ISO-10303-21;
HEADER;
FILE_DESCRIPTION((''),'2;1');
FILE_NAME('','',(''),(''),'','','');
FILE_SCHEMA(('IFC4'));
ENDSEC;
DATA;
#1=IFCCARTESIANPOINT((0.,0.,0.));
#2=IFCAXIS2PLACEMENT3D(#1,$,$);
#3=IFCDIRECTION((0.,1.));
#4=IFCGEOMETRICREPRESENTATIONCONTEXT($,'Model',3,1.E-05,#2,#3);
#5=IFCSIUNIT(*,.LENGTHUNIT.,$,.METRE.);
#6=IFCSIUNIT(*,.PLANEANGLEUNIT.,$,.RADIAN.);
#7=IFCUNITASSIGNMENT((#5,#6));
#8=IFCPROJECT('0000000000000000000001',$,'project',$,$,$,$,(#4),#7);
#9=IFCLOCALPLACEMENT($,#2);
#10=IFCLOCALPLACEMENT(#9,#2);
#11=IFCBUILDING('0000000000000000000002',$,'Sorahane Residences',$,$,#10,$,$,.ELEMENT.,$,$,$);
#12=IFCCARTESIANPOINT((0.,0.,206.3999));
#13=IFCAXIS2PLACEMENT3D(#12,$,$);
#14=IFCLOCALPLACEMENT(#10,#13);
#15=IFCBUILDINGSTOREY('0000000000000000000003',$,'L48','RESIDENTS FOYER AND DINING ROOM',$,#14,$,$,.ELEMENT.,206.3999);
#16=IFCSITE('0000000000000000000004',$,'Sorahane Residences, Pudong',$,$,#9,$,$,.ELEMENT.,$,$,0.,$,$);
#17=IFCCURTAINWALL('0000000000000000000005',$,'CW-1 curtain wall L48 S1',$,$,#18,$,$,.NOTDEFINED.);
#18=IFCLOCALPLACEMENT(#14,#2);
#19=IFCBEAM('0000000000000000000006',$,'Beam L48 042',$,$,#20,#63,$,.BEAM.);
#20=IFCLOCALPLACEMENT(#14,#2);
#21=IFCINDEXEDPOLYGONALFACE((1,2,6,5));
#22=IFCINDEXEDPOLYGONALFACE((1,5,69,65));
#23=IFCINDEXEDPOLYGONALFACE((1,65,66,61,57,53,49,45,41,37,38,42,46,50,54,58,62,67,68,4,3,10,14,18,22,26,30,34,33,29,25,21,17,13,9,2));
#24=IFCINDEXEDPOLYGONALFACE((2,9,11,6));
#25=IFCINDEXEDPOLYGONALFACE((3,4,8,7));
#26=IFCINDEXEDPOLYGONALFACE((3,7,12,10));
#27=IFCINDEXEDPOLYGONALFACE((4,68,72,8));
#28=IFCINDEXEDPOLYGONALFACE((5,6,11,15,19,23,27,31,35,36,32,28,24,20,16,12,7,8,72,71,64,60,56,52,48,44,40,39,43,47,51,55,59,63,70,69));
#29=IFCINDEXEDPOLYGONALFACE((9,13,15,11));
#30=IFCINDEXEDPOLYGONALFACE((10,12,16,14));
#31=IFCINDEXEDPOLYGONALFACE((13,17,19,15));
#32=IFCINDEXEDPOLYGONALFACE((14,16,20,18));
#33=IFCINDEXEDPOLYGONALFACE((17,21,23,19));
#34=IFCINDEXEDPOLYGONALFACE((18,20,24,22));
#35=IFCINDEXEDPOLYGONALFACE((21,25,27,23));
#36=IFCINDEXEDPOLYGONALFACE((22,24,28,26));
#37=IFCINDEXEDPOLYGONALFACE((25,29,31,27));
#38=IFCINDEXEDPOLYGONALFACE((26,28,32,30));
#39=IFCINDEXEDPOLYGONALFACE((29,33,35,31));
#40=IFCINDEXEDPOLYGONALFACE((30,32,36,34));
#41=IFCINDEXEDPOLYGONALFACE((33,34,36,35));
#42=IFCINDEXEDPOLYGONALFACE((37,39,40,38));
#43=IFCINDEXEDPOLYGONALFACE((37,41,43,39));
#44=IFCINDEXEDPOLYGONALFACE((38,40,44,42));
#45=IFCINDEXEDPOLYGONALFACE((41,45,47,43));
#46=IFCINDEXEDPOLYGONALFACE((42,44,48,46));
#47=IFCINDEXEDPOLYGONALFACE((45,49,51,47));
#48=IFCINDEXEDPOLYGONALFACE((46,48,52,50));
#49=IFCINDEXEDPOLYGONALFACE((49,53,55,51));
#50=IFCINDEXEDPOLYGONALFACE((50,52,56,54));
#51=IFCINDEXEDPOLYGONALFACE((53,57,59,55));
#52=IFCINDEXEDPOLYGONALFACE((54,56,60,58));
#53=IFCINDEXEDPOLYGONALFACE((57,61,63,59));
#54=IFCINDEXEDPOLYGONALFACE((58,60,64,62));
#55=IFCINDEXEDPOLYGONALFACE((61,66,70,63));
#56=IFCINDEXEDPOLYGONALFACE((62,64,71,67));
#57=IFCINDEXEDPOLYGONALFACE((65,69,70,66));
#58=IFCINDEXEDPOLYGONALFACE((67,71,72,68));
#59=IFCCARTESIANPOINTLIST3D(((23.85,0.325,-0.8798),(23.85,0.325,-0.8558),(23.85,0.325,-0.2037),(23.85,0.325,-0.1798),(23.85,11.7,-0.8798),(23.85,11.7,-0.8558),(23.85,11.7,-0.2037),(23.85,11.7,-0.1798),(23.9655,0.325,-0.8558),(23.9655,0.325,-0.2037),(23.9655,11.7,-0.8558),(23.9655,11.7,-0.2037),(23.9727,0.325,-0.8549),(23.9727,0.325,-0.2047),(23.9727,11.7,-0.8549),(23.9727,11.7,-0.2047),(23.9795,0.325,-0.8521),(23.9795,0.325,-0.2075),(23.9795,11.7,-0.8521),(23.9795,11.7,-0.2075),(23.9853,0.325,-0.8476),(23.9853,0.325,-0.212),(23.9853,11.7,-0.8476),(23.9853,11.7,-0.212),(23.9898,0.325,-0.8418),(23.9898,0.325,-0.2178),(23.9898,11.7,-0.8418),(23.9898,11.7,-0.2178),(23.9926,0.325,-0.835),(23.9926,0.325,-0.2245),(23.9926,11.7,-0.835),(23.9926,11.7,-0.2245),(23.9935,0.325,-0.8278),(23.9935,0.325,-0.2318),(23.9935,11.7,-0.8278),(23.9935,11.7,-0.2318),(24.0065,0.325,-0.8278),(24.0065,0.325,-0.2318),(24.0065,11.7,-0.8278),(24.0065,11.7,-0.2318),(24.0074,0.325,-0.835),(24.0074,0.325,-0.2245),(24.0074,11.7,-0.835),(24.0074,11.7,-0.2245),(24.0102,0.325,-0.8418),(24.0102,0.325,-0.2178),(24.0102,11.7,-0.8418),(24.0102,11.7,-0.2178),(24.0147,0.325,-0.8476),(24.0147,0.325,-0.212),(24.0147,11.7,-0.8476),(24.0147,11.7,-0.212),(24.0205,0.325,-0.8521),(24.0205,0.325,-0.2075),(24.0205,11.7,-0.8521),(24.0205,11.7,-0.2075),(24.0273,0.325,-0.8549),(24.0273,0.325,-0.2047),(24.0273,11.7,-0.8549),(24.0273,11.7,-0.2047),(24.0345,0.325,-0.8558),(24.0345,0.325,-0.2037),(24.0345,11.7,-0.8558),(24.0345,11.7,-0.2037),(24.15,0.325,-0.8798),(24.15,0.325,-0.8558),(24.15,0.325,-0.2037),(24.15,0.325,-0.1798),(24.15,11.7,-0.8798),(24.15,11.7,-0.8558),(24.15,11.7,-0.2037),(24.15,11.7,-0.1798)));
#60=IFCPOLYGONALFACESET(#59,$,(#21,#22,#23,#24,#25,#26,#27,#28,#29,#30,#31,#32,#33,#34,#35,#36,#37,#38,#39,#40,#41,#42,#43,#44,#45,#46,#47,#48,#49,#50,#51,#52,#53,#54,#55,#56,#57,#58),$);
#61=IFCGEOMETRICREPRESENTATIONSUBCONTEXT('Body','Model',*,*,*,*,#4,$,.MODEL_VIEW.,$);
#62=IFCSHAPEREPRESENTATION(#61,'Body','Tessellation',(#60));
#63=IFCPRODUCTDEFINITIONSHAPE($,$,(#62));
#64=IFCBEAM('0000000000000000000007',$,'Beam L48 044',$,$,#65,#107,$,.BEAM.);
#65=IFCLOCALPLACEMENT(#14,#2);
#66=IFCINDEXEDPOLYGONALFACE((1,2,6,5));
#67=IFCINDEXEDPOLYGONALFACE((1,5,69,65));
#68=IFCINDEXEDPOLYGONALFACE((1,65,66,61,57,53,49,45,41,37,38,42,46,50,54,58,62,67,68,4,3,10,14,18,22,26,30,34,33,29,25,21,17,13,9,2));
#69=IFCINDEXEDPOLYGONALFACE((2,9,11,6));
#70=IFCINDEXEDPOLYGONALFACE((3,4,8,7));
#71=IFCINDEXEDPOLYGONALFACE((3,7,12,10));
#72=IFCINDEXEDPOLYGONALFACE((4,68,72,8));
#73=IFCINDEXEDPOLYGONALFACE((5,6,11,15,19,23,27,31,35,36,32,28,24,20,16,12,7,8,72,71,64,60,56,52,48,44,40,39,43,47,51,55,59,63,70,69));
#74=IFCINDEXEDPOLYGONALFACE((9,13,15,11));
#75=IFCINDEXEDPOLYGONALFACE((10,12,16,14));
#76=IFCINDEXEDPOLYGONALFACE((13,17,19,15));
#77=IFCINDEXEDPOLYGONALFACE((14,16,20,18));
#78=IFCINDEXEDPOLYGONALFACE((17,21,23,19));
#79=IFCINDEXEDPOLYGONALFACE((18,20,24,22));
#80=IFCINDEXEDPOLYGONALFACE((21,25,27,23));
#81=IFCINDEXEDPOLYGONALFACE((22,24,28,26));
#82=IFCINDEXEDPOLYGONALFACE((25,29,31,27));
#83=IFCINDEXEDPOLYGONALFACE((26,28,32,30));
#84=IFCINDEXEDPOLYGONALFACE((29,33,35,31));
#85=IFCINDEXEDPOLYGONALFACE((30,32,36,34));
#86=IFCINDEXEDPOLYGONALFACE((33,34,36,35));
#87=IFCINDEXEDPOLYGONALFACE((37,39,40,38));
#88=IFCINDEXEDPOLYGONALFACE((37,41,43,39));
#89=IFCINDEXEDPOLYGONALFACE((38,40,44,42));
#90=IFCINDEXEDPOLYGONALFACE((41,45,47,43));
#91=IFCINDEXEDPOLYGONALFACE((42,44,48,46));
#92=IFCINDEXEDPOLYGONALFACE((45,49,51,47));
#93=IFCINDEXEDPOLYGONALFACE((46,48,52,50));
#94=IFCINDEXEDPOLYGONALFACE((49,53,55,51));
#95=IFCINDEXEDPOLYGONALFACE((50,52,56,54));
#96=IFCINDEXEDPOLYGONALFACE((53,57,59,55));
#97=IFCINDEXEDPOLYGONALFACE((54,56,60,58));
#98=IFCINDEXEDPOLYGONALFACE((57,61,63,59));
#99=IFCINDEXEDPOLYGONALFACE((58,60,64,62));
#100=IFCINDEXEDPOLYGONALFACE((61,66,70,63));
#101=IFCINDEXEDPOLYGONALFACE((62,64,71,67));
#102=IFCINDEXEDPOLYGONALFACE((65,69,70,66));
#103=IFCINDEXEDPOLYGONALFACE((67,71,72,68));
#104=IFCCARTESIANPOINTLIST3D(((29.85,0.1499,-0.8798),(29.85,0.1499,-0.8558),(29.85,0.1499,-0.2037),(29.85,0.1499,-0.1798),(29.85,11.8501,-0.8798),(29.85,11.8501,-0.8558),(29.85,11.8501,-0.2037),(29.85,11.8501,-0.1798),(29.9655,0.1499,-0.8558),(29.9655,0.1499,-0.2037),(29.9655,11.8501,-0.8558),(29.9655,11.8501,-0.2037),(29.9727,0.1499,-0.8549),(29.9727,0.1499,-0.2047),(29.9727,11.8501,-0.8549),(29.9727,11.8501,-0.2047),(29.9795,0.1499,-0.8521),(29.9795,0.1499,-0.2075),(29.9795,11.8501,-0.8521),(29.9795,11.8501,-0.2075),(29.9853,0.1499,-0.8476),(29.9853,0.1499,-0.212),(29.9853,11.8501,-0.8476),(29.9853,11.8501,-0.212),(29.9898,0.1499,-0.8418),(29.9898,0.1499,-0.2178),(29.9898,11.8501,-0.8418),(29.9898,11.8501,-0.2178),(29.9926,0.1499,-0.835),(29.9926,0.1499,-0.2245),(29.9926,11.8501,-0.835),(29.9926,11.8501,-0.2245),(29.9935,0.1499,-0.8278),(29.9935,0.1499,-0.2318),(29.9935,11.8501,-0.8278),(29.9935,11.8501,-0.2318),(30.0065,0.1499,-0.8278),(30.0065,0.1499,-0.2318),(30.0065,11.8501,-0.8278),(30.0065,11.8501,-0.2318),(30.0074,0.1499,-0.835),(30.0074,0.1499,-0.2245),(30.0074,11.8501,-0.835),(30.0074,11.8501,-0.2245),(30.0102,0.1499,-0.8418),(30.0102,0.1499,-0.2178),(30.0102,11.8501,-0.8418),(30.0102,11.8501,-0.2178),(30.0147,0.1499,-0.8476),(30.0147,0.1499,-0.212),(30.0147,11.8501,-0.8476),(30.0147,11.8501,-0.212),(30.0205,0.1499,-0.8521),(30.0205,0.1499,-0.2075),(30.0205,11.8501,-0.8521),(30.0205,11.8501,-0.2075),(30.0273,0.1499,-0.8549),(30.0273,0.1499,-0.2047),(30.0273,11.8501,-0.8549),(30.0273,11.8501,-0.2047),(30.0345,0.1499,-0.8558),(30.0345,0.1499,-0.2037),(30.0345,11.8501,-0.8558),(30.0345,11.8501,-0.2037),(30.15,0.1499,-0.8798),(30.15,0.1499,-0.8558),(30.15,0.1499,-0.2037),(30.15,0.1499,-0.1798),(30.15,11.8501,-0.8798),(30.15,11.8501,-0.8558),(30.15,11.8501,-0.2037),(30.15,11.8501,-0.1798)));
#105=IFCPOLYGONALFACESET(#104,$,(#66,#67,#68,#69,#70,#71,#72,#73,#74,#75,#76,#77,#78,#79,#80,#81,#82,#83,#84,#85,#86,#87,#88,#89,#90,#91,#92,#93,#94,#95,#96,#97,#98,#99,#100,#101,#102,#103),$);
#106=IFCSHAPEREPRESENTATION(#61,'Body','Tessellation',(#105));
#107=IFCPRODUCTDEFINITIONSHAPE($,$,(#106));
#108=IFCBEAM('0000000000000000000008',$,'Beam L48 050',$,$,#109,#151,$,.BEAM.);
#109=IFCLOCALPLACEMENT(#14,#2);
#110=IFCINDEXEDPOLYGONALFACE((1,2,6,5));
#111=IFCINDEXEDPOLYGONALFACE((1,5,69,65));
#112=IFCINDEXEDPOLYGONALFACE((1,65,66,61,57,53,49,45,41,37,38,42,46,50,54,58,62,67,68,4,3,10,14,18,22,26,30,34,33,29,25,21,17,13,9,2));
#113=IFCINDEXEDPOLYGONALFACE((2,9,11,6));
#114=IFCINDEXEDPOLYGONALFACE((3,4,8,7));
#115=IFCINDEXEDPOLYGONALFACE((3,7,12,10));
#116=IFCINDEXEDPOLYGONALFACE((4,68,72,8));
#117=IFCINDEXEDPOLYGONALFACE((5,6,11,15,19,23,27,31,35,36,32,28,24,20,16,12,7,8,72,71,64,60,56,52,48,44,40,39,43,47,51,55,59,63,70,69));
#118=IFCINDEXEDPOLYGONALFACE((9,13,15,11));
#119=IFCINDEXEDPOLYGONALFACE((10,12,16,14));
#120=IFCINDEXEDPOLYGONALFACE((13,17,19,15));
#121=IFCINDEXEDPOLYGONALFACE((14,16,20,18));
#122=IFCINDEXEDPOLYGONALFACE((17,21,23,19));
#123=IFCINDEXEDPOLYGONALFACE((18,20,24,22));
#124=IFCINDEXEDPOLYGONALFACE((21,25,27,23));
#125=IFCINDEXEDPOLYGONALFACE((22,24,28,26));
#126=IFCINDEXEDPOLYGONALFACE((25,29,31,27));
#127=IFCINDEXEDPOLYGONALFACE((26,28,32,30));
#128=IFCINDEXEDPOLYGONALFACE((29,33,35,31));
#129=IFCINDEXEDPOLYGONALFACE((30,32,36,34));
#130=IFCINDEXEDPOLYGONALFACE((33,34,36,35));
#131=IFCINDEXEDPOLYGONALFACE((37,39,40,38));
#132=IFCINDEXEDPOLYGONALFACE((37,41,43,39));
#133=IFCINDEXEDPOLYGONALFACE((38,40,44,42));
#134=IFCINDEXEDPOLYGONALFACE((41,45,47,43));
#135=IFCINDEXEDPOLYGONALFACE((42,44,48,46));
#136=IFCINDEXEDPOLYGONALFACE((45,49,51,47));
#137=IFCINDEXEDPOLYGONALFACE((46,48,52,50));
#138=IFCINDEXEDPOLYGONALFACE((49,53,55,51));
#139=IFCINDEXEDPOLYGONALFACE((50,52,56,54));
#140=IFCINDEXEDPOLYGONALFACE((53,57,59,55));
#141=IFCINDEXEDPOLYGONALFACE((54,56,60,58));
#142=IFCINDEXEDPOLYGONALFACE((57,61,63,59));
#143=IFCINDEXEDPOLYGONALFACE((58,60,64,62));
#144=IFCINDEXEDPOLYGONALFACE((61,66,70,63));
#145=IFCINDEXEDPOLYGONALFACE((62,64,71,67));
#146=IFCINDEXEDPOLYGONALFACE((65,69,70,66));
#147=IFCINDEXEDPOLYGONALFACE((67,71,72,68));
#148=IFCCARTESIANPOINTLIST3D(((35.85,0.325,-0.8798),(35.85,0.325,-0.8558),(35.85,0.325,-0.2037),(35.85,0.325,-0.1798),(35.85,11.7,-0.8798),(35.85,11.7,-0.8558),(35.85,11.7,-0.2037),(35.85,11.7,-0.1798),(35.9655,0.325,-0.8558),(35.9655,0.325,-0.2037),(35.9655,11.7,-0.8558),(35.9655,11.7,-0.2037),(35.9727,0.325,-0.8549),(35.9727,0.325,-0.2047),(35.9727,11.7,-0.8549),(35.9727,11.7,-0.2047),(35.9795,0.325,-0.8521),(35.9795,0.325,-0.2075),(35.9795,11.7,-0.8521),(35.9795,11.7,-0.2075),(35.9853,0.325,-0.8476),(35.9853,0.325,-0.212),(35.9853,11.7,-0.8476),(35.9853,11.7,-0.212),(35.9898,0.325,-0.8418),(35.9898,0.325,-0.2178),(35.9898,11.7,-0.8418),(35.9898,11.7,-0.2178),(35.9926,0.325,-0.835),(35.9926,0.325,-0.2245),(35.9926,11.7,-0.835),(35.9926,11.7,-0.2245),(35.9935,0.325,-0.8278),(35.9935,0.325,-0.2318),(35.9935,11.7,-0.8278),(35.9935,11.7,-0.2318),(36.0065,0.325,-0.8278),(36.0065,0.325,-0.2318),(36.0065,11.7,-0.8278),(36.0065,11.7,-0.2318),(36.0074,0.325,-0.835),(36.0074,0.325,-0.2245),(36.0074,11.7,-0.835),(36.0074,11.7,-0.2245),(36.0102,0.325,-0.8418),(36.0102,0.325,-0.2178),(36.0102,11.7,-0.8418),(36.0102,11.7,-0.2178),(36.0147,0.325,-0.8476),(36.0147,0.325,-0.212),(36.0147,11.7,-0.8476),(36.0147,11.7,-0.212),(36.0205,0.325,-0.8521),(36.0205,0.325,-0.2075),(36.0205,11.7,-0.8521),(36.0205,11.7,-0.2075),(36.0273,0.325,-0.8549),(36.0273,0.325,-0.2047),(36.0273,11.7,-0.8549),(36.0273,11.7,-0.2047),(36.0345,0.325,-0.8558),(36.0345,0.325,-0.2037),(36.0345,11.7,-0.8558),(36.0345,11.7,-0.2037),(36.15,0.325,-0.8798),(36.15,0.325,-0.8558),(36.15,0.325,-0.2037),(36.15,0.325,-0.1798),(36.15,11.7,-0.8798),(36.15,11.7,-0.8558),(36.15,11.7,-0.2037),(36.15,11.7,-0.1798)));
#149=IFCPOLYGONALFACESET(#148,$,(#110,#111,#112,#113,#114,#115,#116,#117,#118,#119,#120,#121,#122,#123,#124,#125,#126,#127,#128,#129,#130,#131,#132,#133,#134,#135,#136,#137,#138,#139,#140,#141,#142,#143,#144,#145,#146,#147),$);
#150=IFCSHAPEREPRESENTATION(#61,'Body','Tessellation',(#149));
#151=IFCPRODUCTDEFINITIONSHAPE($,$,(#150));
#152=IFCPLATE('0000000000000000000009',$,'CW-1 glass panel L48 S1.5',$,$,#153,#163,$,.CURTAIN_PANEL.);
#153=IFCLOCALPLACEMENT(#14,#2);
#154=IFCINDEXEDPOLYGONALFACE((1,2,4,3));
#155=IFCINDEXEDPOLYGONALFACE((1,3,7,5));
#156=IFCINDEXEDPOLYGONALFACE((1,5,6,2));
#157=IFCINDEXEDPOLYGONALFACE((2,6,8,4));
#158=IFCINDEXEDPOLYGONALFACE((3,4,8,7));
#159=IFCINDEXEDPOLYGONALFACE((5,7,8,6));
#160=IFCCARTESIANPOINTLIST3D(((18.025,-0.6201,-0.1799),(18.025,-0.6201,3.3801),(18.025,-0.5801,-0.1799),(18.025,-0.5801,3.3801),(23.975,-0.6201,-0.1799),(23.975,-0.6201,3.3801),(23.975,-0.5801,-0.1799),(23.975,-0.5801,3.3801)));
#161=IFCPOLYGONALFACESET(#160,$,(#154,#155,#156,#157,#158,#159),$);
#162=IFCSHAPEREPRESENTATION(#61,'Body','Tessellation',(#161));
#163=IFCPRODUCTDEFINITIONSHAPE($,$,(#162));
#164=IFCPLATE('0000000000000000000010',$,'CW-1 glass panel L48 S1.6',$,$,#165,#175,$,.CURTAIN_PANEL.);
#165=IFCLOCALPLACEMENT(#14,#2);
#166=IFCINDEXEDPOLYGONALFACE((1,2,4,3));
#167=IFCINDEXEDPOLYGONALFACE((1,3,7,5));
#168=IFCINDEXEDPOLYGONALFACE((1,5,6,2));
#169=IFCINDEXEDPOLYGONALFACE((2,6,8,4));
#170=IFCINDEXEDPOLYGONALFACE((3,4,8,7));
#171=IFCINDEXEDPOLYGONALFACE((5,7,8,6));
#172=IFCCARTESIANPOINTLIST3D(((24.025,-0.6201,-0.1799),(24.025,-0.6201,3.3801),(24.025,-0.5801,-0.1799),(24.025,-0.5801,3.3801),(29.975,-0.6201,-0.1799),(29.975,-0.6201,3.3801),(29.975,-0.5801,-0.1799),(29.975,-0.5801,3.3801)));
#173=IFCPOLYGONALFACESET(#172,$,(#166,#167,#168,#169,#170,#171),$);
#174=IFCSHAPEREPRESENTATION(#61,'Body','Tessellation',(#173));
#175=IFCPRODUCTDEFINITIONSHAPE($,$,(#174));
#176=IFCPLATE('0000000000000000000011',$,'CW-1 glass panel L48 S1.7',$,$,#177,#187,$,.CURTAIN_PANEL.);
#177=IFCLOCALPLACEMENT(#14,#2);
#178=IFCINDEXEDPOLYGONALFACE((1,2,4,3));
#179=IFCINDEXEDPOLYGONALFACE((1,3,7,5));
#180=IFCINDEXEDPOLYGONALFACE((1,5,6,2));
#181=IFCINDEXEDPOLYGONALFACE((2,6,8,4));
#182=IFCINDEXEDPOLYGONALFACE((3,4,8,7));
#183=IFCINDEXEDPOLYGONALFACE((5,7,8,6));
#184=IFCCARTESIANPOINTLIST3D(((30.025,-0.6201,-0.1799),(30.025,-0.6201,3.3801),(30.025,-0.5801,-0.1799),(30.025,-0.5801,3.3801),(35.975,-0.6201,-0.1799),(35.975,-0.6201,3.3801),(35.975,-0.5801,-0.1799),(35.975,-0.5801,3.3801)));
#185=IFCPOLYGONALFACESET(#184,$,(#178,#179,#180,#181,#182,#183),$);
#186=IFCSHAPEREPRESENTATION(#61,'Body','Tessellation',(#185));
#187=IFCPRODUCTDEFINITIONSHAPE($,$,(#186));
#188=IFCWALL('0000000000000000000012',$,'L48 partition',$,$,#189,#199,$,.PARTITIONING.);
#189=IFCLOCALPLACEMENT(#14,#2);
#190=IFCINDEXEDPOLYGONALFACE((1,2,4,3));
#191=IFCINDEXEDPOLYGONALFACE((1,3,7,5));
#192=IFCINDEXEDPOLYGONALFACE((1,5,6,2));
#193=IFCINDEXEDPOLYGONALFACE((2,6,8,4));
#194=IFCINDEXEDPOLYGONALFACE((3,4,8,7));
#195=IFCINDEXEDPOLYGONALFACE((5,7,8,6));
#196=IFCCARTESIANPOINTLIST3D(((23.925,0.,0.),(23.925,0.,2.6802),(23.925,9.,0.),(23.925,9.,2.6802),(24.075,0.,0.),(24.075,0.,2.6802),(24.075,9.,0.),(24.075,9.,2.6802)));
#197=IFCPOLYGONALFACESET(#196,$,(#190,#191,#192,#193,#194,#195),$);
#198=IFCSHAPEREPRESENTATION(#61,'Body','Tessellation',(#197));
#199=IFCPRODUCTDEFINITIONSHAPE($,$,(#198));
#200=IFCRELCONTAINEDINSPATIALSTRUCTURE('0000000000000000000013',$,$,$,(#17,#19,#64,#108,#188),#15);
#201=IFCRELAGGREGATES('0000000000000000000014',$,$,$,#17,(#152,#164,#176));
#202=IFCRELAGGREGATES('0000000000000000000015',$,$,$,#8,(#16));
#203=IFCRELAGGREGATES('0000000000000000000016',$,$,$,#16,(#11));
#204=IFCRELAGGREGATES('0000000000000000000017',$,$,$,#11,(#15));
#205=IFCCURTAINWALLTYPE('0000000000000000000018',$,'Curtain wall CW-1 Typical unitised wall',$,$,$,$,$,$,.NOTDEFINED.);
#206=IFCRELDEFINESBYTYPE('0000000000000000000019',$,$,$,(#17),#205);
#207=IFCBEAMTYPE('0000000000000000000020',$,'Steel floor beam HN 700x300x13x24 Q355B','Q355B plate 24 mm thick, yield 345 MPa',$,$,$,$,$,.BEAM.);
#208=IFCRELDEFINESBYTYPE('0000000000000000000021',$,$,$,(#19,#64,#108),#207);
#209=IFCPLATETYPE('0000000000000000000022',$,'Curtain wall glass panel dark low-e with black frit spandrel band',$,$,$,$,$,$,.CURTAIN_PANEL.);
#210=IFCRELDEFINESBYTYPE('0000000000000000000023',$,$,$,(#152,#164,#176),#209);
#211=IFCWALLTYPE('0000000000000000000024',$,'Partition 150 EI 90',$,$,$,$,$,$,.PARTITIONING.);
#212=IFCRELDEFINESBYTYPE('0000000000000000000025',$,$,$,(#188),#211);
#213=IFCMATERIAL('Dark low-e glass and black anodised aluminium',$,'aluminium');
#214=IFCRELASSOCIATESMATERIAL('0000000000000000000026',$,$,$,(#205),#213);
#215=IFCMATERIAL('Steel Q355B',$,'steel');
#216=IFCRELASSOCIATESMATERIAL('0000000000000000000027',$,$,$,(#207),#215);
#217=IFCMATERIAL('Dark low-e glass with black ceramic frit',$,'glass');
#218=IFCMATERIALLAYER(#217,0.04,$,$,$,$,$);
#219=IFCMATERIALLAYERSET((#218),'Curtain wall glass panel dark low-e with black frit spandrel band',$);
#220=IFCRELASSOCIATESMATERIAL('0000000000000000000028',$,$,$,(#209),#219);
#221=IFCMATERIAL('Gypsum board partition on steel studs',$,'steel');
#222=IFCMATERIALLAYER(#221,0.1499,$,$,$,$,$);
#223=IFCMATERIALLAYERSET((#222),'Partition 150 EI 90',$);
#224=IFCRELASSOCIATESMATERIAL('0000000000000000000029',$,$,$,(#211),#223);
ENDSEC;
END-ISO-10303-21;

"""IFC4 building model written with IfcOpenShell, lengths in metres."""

from ifc_helpers import new_model, si_unit, direction, frame, frame_2d, origin, origin_2d, place, context, subcontext, project, spatial, rectangle, i_section, extrude, material, layer, layer_set, material_profile, profile_set, type_object, element, aggregate, save


model = new_model("IFC4")

# Units and contexts
model_context = context("Model", 3, precision=1e-05, world=origin(), true_north=direction((0.0, 1.0)))
body_context = subcontext(model_context, "Body", "Model", "MODEL_VIEW")
ifc_project = project(units=[si_unit("LENGTHUNIT", "METRE"), si_unit("PLANEANGLEUNIT", "RADIAN")], contexts=[model_context])

# Site, building, storey
site_placement = place(None, origin())
site = spatial("IfcSite", under=ifc_project, at=site_placement, Name="Sorahane Residences, Pudong", CompositionType="ELEMENT", RefElevation=0.0)
building_placement = place(site_placement, origin())
building = spatial("IfcBuilding", under=site, at=building_placement, Name="Sorahane Residences", CompositionType="ELEMENT")
storey_placement = place(building_placement, frame((0.0, 0.0, 206.3999)))
storey = spatial("IfcBuildingStorey", under=building, at=storey_placement, Name="L48", Description="RESIDENTS FOYER AND DINING ROOM", CompositionType="ELEMENT", Elevation=206.3999)

# Curtain wall
ifc_material_1 = material(Name="Dark low-e glass and black anodised aluminium", Category="aluminium")
curtain_wall_type = type_object("IfcCurtainWallType", Name="Curtain wall CW-1 Typical unitised wall", PredefinedType="NOTDEFINED", material=ifc_material_1)
curtain_wall_placement = place(storey_placement, origin())
curtain_wall = element("IfcCurtainWall", 1, at=curtain_wall_placement, inside=storey, type_object=curtain_wall_type, Name="CW-1 curtain wall L48 S1", PredefinedType="NOTDEFINED")

# Beams
ifc_material_2 = material(Name="Steel Q355B", Category="steel")
ifc_material_profile_1 = material_profile(ifc_material_2, i_section(OverallWidth=0.3, OverallDepth=0.7, WebThickness=0.0129, FlangeThickness=0.0239, FilletRadius=0.0281, at=origin_2d()), Name="HN 700x300x13x24")
ifc_profile_set_1 = profile_set([ifc_material_profile_1], Name="Steel Q355B")
beam_type_1 = type_object("IfcBeamType", Name="Steel floor beam HN 700x300x13x24 Q355B", Description="Q355B plate 24 mm thick, yield 345 MPa", PredefinedType="BEAM", material=ifc_profile_set_1)
beam_1_placement = place(storey_placement, frame((24.0, 0.325, -0.5298), z_axis=(0.0, 1.0, 0.0), x_axis=(-1.0, 0.0, 0.0)))
element("IfcBeam", 2, at=beam_1_placement, inside=storey, type_object=beam_type_1, Name="Beam L48 042", PredefinedType="BEAM", context=body_context, shape_type="SweptSolid", body=[
    extrude(i_section(OverallWidth=0.3, OverallDepth=0.7, WebThickness=0.0129, FlangeThickness=0.0239, FilletRadius=0.0281, at=origin_2d()), origin(), (0.0, 0.0, 1.0), 11.375),
])
beam_2_placement = place(storey_placement, frame((30.0, 0.1499, -0.5298), z_axis=(0.0, 1.0, 0.0), x_axis=(-1.0, 0.0, 0.0)))
element("IfcBeam", 3, at=beam_2_placement, inside=storey, type_object=beam_type_1, Name="Beam L48 044", PredefinedType="BEAM", context=body_context, shape_type="SweptSolid", body=[
    extrude(i_section(OverallWidth=0.3, OverallDepth=0.7, WebThickness=0.0129, FlangeThickness=0.0239, FilletRadius=0.0281, at=origin_2d()), origin(), (0.0, 0.0, 1.0), 11.7002),
])
beam_3_placement = place(storey_placement, frame((36.0, 0.325, -0.5298), z_axis=(0.0, 1.0, 0.0), x_axis=(-1.0, 0.0, 0.0)))
element("IfcBeam", 4, at=beam_3_placement, inside=storey, type_object=beam_type_1, Name="Beam L48 050", PredefinedType="BEAM", context=body_context, shape_type="SweptSolid", body=[
    extrude(i_section(OverallWidth=0.3, OverallDepth=0.7, WebThickness=0.0129, FlangeThickness=0.0239, FilletRadius=0.0281, at=origin_2d()), origin(), (0.0, 0.0, 1.0), 11.375),
])

# Plates
ifc_material_3 = material(Name="Dark low-e glass with black ceramic frit", Category="glass")
ifc_layer_1 = layer(ifc_material_3, 0.04)
ifc_layer_set_1 = layer_set([ifc_layer_1], Name="Curtain wall glass panel dark low-e with black frit spandrel band")
plate_type = type_object("IfcPlateType", Name="Curtain wall glass panel dark low-e with black frit spandrel band", PredefinedType="CURTAIN_PANEL", material=ifc_layer_set_1)
plate_1_placement = place(storey_placement, frame((21.0, -0.6001, -0.1799), z_axis=(0.0, 0.0, 1.0), x_axis=(1.0, 0.0, 0.0)))
plate_1 = element("IfcPlate", 5, at=plate_1_placement, type_object=plate_type, Name="CW-1 glass panel L48 S1.5", PredefinedType="CURTAIN_PANEL", context=body_context, shape_type="SweptSolid", body=[
    extrude(rectangle(XDim=5.95, YDim=0.04, at=origin_2d()), origin(), (0.0, 0.0, 1.0), 3.5601),
])
plate_2_placement = place(storey_placement, frame((27.0, -0.6001, -0.1799), z_axis=(0.0, 0.0, 1.0), x_axis=(1.0, 0.0, 0.0)))
plate_2 = element("IfcPlate", 6, at=plate_2_placement, type_object=plate_type, Name="CW-1 glass panel L48 S1.6", PredefinedType="CURTAIN_PANEL", context=body_context, shape_type="SweptSolid", body=[
    extrude(rectangle(XDim=5.95, YDim=0.04, at=origin_2d()), origin(), (0.0, 0.0, 1.0), 3.5601),
])
plate_3_placement = place(storey_placement, frame((33.0, -0.6001, -0.1799), z_axis=(0.0, 0.0, 1.0), x_axis=(1.0, 0.0, 0.0)))
plate_3 = element("IfcPlate", 7, at=plate_3_placement, type_object=plate_type, Name="CW-1 glass panel L48 S1.7", PredefinedType="CURTAIN_PANEL", context=body_context, shape_type="SweptSolid", body=[
    extrude(rectangle(XDim=5.95, YDim=0.04, at=origin_2d()), origin(), (0.0, 0.0, 1.0), 3.5601),
])
aggregate(curtain_wall, [plate_1, plate_2, plate_3])

# Wall
ifc_material_4 = material(Name="Gypsum board partition on steel studs", Category="steel")
ifc_layer_2 = layer(ifc_material_4, 0.1499)
ifc_layer_set_2 = layer_set([ifc_layer_2], Name="Partition 150 EI 90")
wall_type_1 = type_object("IfcWallType", Name="Partition 150 EI 90", PredefinedType="PARTITIONING", material=ifc_layer_set_2)
wall_1_placement = place(storey_placement, frame((24.0, 0.0, 0.0), z_axis=(0.0, 0.0, 1.0), x_axis=(0.0, 1.0, 0.0)))
element("IfcWall", 8, at=wall_1_placement, inside=storey, type_object=wall_type_1, Name="L48 partition", PredefinedType="PARTITIONING", context=body_context, shape_type="SweptSolid", body=[
    extrude(rectangle(XDim=9.0, YDim=0.1499, at=frame_2d((4.5, 0.0))), origin(), (0.0, 0.0, 1.0), 2.6802),
])

save(model, "model.ifc")
